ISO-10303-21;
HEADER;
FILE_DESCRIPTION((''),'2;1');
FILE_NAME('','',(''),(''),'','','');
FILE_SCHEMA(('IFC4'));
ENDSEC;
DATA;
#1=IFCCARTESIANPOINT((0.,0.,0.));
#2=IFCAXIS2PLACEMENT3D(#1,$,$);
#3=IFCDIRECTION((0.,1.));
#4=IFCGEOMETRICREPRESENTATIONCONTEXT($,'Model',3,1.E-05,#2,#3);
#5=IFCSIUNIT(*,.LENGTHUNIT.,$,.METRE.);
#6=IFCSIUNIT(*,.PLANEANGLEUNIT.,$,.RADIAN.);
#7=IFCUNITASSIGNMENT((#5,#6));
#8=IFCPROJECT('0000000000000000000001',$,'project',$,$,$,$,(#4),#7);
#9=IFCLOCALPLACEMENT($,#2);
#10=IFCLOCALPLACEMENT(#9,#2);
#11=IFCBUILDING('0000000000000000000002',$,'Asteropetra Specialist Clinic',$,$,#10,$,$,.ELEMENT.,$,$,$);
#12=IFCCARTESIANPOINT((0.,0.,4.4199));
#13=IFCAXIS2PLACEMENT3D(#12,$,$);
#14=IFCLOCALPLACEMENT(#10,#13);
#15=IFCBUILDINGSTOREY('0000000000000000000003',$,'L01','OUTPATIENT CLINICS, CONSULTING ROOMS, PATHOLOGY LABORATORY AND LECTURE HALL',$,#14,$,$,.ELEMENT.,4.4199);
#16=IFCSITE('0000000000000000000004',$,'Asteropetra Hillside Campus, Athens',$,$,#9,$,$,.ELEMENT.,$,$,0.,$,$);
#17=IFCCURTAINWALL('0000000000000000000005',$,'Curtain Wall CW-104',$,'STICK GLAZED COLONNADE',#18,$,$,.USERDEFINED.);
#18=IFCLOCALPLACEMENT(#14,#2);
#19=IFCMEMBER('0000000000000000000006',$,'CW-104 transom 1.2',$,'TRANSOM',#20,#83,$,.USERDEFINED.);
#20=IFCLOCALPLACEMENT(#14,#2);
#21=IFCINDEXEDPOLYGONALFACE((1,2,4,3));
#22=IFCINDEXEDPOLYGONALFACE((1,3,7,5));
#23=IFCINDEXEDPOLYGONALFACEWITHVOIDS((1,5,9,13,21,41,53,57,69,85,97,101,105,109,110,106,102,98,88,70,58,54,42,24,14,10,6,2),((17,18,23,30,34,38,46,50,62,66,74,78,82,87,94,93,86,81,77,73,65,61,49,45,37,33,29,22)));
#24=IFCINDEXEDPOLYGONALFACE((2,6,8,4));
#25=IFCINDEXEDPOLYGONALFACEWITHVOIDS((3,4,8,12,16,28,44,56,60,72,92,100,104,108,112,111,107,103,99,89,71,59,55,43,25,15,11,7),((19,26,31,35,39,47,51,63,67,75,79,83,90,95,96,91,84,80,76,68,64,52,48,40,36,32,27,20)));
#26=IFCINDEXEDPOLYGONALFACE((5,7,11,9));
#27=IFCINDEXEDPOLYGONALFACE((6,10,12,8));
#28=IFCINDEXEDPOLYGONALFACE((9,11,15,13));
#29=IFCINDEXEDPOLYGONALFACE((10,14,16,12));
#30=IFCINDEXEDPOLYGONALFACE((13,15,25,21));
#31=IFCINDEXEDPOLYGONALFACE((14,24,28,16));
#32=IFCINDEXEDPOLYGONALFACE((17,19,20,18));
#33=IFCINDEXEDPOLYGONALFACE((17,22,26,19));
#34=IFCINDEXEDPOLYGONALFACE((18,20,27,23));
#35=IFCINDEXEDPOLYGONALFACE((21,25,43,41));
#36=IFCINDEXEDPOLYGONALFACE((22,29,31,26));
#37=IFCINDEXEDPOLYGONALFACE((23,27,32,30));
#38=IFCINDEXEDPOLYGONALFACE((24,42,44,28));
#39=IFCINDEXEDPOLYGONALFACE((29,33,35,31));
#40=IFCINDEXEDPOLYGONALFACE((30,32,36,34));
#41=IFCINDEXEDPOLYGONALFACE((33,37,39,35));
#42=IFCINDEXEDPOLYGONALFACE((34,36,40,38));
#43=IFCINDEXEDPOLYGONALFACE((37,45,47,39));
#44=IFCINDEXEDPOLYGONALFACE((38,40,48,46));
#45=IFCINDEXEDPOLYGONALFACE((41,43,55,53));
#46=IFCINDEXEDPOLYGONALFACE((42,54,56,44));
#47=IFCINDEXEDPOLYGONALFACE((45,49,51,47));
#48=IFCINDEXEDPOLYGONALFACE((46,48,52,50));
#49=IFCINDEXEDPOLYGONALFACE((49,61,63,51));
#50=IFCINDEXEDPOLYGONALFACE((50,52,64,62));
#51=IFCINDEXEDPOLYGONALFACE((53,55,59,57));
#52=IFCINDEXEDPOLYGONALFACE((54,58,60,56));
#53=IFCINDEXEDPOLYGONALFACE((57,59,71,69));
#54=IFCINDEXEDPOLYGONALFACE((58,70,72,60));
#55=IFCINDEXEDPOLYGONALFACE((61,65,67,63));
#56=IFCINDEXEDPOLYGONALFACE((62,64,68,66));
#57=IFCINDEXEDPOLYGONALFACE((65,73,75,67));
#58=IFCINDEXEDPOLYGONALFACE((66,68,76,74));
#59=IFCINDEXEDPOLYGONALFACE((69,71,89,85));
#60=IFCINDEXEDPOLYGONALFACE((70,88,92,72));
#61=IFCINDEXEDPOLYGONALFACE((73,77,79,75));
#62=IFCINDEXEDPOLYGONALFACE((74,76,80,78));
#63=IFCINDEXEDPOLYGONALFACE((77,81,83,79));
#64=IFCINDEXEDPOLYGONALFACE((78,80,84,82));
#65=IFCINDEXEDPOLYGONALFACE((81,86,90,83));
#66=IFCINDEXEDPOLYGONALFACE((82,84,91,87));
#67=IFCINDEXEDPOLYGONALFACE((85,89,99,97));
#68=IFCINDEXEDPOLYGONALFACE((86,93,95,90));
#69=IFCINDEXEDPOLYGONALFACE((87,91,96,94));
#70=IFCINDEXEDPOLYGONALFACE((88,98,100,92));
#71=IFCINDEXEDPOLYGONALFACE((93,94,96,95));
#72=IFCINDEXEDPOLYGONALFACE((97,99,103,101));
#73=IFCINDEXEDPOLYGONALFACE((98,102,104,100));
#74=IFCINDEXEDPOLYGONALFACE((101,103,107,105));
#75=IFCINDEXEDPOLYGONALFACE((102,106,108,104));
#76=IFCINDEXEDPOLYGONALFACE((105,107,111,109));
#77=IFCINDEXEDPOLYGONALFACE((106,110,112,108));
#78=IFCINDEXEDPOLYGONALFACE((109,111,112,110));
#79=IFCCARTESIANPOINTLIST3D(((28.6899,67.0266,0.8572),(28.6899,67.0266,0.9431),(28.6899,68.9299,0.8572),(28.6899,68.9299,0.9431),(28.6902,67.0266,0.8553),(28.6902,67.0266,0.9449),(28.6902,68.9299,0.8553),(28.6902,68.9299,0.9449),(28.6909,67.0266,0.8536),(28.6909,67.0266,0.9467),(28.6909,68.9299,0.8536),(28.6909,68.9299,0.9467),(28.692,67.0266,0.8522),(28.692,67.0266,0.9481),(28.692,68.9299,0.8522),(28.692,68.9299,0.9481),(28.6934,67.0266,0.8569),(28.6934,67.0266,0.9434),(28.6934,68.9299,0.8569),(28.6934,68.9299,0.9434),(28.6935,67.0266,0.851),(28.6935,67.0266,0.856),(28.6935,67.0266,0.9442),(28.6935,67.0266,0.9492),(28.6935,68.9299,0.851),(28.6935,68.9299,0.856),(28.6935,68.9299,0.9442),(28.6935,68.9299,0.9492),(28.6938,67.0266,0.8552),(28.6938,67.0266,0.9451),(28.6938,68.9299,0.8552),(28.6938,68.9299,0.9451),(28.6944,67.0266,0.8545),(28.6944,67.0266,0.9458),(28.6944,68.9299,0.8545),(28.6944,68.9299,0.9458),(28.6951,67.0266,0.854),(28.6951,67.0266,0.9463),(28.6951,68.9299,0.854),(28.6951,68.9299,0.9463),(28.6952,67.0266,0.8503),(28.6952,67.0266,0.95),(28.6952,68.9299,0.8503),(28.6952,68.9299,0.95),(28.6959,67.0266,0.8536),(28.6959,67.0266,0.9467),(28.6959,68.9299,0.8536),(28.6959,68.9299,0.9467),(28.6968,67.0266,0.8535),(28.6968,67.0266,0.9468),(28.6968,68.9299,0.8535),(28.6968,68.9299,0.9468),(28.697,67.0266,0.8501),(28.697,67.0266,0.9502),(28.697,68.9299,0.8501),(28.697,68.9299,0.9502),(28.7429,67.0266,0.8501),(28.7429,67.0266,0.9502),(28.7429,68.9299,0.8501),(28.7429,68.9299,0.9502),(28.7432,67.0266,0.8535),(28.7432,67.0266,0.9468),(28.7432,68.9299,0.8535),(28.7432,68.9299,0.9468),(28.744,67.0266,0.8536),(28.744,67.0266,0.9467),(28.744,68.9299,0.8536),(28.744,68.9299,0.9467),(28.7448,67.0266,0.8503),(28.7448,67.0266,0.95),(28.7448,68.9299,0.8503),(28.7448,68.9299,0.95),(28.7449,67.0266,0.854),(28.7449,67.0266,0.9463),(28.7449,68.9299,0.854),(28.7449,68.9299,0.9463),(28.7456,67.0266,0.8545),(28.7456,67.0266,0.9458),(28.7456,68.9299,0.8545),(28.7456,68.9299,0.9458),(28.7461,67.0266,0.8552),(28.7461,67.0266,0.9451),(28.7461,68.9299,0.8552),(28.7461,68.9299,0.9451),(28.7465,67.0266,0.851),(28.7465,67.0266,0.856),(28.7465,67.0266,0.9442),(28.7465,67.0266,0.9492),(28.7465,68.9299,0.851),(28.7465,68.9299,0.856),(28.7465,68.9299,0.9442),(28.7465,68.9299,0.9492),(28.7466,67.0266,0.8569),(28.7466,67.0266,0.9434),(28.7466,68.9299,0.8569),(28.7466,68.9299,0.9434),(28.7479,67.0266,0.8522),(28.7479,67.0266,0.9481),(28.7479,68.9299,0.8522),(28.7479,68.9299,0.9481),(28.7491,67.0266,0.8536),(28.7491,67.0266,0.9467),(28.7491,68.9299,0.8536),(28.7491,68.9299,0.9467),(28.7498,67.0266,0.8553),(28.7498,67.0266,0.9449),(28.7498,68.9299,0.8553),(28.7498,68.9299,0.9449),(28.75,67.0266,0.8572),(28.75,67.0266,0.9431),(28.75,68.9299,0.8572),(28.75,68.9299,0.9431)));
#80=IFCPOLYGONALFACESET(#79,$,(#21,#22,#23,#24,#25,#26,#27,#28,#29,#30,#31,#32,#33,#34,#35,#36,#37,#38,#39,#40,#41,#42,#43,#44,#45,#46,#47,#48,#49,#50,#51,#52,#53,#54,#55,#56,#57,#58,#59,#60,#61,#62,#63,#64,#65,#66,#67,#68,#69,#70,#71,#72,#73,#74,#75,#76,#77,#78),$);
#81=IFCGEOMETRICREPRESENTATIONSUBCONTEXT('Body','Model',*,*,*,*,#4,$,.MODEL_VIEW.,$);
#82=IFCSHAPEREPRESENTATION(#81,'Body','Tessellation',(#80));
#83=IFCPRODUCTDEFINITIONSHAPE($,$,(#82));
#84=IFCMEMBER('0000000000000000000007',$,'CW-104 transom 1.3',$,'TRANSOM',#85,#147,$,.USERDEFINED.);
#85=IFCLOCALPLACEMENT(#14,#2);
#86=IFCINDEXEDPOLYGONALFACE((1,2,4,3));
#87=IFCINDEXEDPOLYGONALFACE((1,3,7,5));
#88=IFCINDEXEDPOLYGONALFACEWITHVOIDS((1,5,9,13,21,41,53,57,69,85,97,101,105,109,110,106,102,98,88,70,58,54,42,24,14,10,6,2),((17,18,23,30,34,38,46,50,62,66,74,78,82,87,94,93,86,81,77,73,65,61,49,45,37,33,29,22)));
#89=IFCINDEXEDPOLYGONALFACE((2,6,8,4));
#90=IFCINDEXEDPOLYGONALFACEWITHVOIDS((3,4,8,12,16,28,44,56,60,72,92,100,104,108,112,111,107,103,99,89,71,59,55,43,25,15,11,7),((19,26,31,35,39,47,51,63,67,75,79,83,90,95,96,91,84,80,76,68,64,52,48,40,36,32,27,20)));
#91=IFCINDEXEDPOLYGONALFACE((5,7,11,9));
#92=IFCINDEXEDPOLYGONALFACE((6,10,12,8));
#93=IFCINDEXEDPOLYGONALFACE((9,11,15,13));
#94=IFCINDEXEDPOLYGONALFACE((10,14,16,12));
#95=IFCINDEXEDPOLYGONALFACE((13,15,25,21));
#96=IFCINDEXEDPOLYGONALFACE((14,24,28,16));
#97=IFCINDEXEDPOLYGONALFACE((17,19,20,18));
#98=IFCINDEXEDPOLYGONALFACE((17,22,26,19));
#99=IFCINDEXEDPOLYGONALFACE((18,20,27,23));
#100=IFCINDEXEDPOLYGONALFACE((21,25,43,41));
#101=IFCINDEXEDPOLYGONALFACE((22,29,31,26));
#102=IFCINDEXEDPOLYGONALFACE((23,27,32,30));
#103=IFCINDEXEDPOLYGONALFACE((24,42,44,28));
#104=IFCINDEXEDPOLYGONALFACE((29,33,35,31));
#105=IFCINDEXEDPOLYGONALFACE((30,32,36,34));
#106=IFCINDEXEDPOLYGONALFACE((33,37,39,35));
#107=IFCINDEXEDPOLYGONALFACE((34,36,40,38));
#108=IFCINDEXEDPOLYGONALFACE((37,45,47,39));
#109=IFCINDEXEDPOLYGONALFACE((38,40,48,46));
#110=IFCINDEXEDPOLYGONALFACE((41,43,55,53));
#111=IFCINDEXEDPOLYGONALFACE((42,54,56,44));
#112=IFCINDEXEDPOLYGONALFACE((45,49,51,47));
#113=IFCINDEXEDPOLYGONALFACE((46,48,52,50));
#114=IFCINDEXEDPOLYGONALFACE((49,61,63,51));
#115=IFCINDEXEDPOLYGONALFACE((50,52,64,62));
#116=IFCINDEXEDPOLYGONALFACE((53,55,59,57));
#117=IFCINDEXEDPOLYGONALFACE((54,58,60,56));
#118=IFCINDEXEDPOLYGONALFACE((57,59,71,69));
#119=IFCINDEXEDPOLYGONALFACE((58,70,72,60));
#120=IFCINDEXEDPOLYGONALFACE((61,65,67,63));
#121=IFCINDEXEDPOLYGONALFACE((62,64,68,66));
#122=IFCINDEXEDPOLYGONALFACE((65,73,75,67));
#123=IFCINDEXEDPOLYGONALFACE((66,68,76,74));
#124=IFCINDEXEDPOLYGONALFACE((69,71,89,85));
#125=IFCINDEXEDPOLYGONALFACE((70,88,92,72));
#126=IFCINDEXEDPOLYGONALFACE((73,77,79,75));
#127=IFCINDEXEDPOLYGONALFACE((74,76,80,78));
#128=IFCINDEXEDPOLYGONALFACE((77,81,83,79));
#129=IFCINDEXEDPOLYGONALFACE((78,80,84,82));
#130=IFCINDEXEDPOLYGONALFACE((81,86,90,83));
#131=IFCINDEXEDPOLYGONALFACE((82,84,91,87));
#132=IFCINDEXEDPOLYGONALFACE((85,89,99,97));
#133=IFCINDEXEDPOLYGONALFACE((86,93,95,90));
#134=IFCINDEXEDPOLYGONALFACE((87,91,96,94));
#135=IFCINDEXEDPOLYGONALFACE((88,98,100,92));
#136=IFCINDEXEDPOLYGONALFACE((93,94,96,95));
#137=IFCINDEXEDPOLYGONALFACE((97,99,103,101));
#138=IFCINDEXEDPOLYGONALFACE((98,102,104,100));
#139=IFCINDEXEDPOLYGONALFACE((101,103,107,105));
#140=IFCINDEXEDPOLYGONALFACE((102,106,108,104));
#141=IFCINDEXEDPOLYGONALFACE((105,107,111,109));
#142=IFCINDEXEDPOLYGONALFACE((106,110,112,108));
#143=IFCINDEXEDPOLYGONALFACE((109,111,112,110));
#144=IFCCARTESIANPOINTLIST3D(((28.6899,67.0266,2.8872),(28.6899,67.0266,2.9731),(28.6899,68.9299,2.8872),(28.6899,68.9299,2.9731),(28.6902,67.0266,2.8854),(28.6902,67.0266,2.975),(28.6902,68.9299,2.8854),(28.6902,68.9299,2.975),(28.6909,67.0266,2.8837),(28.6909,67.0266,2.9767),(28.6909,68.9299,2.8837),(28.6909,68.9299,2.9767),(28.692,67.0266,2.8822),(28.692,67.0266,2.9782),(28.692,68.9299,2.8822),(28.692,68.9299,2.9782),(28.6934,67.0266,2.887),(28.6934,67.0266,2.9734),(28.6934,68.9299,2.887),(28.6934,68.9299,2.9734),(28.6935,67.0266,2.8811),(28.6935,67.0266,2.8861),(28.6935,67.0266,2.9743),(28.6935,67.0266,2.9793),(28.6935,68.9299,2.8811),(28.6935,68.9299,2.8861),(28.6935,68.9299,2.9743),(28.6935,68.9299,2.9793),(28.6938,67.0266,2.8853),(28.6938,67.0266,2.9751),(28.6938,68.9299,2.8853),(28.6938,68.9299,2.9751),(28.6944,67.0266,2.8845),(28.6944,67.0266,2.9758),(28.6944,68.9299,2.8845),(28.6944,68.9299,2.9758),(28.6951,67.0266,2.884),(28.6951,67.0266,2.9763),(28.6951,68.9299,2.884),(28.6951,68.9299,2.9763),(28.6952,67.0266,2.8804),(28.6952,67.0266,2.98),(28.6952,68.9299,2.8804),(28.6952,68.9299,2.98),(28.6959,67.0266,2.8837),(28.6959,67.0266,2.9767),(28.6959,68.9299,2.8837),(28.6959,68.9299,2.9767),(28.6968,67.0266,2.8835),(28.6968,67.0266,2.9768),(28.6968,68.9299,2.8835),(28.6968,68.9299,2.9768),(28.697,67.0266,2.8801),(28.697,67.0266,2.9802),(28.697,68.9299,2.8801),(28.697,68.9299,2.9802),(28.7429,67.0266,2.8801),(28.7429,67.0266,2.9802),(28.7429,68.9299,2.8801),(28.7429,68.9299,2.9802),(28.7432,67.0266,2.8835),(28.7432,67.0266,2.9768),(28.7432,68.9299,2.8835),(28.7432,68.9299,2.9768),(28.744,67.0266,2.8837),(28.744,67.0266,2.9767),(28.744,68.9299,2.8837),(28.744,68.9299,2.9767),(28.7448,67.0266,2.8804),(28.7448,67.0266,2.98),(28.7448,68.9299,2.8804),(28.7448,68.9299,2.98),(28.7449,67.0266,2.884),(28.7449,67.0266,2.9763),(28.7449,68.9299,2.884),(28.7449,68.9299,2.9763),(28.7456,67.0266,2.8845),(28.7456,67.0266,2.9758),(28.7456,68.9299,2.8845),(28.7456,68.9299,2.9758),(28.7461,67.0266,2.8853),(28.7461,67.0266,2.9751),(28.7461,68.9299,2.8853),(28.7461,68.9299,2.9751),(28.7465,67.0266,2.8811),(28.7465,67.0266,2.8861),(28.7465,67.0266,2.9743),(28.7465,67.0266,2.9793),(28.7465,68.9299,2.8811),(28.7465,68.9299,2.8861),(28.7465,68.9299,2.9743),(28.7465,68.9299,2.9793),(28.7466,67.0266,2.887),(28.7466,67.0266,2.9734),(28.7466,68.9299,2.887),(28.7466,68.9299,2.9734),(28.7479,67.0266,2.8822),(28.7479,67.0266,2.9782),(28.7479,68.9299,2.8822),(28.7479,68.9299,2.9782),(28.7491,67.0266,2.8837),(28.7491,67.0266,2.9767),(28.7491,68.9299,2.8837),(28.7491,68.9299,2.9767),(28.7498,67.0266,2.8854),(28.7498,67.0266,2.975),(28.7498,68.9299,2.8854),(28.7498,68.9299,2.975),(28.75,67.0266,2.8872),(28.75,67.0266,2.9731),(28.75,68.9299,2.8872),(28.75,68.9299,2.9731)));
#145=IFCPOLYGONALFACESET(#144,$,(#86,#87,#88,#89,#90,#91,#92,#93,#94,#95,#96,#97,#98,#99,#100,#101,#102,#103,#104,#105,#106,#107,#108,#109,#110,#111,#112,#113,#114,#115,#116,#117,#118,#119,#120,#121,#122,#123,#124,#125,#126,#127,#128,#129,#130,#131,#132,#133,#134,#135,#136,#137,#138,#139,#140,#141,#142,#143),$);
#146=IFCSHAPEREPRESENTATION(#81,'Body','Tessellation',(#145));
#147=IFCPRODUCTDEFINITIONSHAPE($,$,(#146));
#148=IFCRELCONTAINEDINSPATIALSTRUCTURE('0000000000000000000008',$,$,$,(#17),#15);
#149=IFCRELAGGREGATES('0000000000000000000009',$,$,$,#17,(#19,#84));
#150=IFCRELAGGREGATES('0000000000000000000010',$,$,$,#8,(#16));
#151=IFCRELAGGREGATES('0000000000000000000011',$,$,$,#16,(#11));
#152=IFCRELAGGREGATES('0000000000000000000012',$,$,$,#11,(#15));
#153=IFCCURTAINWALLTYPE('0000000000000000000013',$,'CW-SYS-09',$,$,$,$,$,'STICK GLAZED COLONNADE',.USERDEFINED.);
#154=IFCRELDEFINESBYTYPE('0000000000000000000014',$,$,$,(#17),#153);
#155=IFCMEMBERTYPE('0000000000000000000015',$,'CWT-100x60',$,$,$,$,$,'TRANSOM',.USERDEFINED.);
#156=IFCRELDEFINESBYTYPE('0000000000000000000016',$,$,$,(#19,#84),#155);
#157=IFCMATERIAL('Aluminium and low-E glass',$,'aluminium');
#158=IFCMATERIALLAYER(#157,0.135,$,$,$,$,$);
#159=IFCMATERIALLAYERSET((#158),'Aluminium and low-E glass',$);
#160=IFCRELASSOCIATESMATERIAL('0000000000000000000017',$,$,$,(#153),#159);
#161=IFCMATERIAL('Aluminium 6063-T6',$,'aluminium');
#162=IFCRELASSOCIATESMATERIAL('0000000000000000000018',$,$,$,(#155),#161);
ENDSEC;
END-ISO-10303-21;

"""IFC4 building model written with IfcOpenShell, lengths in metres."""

from ifc_helpers import new_model, si_unit, direction, frame, origin, origin_2d, place, context, subcontext, project, spatial, hollow_rectangle, extrude, material, layer, layer_set, material_profile, profile_set, type_object, element, aggregate, save


model = new_model("IFC4")

# Units and contexts
model_context = context("Model", 3, precision=1e-05, world=origin(), true_north=direction((0.0, 1.0)))
body_context = subcontext(model_context, "Body", "Model", "MODEL_VIEW")
ifc_project = project(units=[si_unit("LENGTHUNIT", "METRE"), si_unit("PLANEANGLEUNIT", "RADIAN")], contexts=[model_context])

# Site, building, storey
site_placement = place(None, origin())
site = spatial("IfcSite", under=ifc_project, at=site_placement, Name="Asteropetra Hillside Campus, Athens", CompositionType="ELEMENT", RefElevation=0.0)
building_placement = place(site_placement, origin())
building = spatial("IfcBuilding", under=site, at=building_placement, Name="Asteropetra Specialist Clinic", CompositionType="ELEMENT")
storey_placement = place(building_placement, frame((0.0, 0.0, 4.4199)))
storey = spatial("IfcBuildingStorey", under=building, at=storey_placement, Name="L01", Description="OUTPATIENT CLINICS, CONSULTING ROOMS, PATHOLOGY LABORATORY AND LECTURE HALL", CompositionType="ELEMENT", Elevation=4.4199)

# Curtain wall, members
ifc_material_1 = material(Name="Aluminium and low-E glass", Category="aluminium")
ifc_layer_1 = layer(ifc_material_1, 0.135)
ifc_layer_set_1 = layer_set([ifc_layer_1], Name="Aluminium and low-E glass")
curtain_wall_type = type_object("IfcCurtainWallType", Name="CW-SYS-09", ElementType="STICK GLAZED COLONNADE", PredefinedType="USERDEFINED", material=ifc_layer_set_1)
curtain_wall_placement = place(storey_placement, origin())
curtain_wall = element("IfcCurtainWall", 1, at=curtain_wall_placement, inside=storey, type_object=curtain_wall_type, Name="Curtain Wall CW-104", ObjectType="STICK GLAZED COLONNADE", PredefinedType="USERDEFINED")
ifc_material_2 = material(Name="Aluminium 6063-T6", Category="aluminium")
ifc_material_profile_1 = material_profile(ifc_material_2, hollow_rectangle(XDim=0.0601, YDim=0.1001, WallThickness=0.0034, InnerFilletRadius=0.0034, OuterFilletRadius=0.0071, at=origin_2d()), Name="TRN 100x60x3.5")
ifc_profile_set_1 = profile_set([ifc_material_profile_1], Name="Aluminium 6063-T6")
member_type_1 = type_object("IfcMemberType", Name="CWT-100x60", ElementType="TRANSOM", PredefinedType="USERDEFINED", material=ifc_profile_set_1)
member_1_placement = place(storey_placement, frame((28.72, 68.9299, 0.9001), z_axis=(0.0, -1.0, 0.0), x_axis=(1.0, 0.0, 0.0)))
member_1 = element("IfcMember", 2, at=member_1_placement, type_object=member_type_1, Name="CW-104 transom 1.2", ObjectType="TRANSOM", PredefinedType="USERDEFINED", context=body_context, shape_type="SweptSolid", body=[
    extrude(hollow_rectangle(XDim=0.0601, YDim=0.1001, WallThickness=0.0034, InnerFilletRadius=0.0034, OuterFilletRadius=0.0071, at=origin_2d()), origin(), (0.0, 0.0, 1.0), 1.9033),
])
member_2_placement = place(storey_placement, frame((28.72, 68.9299, 2.9302), z_axis=(0.0, -1.0, 0.0), x_axis=(1.0, 0.0, 0.0)))
member_2 = element("IfcMember", 3, at=member_2_placement, type_object=member_type_1, Name="CW-104 transom 1.3", ObjectType="TRANSOM", PredefinedType="USERDEFINED", context=body_context, shape_type="SweptSolid", body=[
    extrude(hollow_rectangle(XDim=0.0601, YDim=0.1001, WallThickness=0.0034, InnerFilletRadius=0.0034, OuterFilletRadius=0.0071, at=origin_2d()), origin(), (0.0, 0.0, 1.0), 1.9033),
])
aggregate(curtain_wall, [member_1, member_2])

save(model, "model.ifc")
